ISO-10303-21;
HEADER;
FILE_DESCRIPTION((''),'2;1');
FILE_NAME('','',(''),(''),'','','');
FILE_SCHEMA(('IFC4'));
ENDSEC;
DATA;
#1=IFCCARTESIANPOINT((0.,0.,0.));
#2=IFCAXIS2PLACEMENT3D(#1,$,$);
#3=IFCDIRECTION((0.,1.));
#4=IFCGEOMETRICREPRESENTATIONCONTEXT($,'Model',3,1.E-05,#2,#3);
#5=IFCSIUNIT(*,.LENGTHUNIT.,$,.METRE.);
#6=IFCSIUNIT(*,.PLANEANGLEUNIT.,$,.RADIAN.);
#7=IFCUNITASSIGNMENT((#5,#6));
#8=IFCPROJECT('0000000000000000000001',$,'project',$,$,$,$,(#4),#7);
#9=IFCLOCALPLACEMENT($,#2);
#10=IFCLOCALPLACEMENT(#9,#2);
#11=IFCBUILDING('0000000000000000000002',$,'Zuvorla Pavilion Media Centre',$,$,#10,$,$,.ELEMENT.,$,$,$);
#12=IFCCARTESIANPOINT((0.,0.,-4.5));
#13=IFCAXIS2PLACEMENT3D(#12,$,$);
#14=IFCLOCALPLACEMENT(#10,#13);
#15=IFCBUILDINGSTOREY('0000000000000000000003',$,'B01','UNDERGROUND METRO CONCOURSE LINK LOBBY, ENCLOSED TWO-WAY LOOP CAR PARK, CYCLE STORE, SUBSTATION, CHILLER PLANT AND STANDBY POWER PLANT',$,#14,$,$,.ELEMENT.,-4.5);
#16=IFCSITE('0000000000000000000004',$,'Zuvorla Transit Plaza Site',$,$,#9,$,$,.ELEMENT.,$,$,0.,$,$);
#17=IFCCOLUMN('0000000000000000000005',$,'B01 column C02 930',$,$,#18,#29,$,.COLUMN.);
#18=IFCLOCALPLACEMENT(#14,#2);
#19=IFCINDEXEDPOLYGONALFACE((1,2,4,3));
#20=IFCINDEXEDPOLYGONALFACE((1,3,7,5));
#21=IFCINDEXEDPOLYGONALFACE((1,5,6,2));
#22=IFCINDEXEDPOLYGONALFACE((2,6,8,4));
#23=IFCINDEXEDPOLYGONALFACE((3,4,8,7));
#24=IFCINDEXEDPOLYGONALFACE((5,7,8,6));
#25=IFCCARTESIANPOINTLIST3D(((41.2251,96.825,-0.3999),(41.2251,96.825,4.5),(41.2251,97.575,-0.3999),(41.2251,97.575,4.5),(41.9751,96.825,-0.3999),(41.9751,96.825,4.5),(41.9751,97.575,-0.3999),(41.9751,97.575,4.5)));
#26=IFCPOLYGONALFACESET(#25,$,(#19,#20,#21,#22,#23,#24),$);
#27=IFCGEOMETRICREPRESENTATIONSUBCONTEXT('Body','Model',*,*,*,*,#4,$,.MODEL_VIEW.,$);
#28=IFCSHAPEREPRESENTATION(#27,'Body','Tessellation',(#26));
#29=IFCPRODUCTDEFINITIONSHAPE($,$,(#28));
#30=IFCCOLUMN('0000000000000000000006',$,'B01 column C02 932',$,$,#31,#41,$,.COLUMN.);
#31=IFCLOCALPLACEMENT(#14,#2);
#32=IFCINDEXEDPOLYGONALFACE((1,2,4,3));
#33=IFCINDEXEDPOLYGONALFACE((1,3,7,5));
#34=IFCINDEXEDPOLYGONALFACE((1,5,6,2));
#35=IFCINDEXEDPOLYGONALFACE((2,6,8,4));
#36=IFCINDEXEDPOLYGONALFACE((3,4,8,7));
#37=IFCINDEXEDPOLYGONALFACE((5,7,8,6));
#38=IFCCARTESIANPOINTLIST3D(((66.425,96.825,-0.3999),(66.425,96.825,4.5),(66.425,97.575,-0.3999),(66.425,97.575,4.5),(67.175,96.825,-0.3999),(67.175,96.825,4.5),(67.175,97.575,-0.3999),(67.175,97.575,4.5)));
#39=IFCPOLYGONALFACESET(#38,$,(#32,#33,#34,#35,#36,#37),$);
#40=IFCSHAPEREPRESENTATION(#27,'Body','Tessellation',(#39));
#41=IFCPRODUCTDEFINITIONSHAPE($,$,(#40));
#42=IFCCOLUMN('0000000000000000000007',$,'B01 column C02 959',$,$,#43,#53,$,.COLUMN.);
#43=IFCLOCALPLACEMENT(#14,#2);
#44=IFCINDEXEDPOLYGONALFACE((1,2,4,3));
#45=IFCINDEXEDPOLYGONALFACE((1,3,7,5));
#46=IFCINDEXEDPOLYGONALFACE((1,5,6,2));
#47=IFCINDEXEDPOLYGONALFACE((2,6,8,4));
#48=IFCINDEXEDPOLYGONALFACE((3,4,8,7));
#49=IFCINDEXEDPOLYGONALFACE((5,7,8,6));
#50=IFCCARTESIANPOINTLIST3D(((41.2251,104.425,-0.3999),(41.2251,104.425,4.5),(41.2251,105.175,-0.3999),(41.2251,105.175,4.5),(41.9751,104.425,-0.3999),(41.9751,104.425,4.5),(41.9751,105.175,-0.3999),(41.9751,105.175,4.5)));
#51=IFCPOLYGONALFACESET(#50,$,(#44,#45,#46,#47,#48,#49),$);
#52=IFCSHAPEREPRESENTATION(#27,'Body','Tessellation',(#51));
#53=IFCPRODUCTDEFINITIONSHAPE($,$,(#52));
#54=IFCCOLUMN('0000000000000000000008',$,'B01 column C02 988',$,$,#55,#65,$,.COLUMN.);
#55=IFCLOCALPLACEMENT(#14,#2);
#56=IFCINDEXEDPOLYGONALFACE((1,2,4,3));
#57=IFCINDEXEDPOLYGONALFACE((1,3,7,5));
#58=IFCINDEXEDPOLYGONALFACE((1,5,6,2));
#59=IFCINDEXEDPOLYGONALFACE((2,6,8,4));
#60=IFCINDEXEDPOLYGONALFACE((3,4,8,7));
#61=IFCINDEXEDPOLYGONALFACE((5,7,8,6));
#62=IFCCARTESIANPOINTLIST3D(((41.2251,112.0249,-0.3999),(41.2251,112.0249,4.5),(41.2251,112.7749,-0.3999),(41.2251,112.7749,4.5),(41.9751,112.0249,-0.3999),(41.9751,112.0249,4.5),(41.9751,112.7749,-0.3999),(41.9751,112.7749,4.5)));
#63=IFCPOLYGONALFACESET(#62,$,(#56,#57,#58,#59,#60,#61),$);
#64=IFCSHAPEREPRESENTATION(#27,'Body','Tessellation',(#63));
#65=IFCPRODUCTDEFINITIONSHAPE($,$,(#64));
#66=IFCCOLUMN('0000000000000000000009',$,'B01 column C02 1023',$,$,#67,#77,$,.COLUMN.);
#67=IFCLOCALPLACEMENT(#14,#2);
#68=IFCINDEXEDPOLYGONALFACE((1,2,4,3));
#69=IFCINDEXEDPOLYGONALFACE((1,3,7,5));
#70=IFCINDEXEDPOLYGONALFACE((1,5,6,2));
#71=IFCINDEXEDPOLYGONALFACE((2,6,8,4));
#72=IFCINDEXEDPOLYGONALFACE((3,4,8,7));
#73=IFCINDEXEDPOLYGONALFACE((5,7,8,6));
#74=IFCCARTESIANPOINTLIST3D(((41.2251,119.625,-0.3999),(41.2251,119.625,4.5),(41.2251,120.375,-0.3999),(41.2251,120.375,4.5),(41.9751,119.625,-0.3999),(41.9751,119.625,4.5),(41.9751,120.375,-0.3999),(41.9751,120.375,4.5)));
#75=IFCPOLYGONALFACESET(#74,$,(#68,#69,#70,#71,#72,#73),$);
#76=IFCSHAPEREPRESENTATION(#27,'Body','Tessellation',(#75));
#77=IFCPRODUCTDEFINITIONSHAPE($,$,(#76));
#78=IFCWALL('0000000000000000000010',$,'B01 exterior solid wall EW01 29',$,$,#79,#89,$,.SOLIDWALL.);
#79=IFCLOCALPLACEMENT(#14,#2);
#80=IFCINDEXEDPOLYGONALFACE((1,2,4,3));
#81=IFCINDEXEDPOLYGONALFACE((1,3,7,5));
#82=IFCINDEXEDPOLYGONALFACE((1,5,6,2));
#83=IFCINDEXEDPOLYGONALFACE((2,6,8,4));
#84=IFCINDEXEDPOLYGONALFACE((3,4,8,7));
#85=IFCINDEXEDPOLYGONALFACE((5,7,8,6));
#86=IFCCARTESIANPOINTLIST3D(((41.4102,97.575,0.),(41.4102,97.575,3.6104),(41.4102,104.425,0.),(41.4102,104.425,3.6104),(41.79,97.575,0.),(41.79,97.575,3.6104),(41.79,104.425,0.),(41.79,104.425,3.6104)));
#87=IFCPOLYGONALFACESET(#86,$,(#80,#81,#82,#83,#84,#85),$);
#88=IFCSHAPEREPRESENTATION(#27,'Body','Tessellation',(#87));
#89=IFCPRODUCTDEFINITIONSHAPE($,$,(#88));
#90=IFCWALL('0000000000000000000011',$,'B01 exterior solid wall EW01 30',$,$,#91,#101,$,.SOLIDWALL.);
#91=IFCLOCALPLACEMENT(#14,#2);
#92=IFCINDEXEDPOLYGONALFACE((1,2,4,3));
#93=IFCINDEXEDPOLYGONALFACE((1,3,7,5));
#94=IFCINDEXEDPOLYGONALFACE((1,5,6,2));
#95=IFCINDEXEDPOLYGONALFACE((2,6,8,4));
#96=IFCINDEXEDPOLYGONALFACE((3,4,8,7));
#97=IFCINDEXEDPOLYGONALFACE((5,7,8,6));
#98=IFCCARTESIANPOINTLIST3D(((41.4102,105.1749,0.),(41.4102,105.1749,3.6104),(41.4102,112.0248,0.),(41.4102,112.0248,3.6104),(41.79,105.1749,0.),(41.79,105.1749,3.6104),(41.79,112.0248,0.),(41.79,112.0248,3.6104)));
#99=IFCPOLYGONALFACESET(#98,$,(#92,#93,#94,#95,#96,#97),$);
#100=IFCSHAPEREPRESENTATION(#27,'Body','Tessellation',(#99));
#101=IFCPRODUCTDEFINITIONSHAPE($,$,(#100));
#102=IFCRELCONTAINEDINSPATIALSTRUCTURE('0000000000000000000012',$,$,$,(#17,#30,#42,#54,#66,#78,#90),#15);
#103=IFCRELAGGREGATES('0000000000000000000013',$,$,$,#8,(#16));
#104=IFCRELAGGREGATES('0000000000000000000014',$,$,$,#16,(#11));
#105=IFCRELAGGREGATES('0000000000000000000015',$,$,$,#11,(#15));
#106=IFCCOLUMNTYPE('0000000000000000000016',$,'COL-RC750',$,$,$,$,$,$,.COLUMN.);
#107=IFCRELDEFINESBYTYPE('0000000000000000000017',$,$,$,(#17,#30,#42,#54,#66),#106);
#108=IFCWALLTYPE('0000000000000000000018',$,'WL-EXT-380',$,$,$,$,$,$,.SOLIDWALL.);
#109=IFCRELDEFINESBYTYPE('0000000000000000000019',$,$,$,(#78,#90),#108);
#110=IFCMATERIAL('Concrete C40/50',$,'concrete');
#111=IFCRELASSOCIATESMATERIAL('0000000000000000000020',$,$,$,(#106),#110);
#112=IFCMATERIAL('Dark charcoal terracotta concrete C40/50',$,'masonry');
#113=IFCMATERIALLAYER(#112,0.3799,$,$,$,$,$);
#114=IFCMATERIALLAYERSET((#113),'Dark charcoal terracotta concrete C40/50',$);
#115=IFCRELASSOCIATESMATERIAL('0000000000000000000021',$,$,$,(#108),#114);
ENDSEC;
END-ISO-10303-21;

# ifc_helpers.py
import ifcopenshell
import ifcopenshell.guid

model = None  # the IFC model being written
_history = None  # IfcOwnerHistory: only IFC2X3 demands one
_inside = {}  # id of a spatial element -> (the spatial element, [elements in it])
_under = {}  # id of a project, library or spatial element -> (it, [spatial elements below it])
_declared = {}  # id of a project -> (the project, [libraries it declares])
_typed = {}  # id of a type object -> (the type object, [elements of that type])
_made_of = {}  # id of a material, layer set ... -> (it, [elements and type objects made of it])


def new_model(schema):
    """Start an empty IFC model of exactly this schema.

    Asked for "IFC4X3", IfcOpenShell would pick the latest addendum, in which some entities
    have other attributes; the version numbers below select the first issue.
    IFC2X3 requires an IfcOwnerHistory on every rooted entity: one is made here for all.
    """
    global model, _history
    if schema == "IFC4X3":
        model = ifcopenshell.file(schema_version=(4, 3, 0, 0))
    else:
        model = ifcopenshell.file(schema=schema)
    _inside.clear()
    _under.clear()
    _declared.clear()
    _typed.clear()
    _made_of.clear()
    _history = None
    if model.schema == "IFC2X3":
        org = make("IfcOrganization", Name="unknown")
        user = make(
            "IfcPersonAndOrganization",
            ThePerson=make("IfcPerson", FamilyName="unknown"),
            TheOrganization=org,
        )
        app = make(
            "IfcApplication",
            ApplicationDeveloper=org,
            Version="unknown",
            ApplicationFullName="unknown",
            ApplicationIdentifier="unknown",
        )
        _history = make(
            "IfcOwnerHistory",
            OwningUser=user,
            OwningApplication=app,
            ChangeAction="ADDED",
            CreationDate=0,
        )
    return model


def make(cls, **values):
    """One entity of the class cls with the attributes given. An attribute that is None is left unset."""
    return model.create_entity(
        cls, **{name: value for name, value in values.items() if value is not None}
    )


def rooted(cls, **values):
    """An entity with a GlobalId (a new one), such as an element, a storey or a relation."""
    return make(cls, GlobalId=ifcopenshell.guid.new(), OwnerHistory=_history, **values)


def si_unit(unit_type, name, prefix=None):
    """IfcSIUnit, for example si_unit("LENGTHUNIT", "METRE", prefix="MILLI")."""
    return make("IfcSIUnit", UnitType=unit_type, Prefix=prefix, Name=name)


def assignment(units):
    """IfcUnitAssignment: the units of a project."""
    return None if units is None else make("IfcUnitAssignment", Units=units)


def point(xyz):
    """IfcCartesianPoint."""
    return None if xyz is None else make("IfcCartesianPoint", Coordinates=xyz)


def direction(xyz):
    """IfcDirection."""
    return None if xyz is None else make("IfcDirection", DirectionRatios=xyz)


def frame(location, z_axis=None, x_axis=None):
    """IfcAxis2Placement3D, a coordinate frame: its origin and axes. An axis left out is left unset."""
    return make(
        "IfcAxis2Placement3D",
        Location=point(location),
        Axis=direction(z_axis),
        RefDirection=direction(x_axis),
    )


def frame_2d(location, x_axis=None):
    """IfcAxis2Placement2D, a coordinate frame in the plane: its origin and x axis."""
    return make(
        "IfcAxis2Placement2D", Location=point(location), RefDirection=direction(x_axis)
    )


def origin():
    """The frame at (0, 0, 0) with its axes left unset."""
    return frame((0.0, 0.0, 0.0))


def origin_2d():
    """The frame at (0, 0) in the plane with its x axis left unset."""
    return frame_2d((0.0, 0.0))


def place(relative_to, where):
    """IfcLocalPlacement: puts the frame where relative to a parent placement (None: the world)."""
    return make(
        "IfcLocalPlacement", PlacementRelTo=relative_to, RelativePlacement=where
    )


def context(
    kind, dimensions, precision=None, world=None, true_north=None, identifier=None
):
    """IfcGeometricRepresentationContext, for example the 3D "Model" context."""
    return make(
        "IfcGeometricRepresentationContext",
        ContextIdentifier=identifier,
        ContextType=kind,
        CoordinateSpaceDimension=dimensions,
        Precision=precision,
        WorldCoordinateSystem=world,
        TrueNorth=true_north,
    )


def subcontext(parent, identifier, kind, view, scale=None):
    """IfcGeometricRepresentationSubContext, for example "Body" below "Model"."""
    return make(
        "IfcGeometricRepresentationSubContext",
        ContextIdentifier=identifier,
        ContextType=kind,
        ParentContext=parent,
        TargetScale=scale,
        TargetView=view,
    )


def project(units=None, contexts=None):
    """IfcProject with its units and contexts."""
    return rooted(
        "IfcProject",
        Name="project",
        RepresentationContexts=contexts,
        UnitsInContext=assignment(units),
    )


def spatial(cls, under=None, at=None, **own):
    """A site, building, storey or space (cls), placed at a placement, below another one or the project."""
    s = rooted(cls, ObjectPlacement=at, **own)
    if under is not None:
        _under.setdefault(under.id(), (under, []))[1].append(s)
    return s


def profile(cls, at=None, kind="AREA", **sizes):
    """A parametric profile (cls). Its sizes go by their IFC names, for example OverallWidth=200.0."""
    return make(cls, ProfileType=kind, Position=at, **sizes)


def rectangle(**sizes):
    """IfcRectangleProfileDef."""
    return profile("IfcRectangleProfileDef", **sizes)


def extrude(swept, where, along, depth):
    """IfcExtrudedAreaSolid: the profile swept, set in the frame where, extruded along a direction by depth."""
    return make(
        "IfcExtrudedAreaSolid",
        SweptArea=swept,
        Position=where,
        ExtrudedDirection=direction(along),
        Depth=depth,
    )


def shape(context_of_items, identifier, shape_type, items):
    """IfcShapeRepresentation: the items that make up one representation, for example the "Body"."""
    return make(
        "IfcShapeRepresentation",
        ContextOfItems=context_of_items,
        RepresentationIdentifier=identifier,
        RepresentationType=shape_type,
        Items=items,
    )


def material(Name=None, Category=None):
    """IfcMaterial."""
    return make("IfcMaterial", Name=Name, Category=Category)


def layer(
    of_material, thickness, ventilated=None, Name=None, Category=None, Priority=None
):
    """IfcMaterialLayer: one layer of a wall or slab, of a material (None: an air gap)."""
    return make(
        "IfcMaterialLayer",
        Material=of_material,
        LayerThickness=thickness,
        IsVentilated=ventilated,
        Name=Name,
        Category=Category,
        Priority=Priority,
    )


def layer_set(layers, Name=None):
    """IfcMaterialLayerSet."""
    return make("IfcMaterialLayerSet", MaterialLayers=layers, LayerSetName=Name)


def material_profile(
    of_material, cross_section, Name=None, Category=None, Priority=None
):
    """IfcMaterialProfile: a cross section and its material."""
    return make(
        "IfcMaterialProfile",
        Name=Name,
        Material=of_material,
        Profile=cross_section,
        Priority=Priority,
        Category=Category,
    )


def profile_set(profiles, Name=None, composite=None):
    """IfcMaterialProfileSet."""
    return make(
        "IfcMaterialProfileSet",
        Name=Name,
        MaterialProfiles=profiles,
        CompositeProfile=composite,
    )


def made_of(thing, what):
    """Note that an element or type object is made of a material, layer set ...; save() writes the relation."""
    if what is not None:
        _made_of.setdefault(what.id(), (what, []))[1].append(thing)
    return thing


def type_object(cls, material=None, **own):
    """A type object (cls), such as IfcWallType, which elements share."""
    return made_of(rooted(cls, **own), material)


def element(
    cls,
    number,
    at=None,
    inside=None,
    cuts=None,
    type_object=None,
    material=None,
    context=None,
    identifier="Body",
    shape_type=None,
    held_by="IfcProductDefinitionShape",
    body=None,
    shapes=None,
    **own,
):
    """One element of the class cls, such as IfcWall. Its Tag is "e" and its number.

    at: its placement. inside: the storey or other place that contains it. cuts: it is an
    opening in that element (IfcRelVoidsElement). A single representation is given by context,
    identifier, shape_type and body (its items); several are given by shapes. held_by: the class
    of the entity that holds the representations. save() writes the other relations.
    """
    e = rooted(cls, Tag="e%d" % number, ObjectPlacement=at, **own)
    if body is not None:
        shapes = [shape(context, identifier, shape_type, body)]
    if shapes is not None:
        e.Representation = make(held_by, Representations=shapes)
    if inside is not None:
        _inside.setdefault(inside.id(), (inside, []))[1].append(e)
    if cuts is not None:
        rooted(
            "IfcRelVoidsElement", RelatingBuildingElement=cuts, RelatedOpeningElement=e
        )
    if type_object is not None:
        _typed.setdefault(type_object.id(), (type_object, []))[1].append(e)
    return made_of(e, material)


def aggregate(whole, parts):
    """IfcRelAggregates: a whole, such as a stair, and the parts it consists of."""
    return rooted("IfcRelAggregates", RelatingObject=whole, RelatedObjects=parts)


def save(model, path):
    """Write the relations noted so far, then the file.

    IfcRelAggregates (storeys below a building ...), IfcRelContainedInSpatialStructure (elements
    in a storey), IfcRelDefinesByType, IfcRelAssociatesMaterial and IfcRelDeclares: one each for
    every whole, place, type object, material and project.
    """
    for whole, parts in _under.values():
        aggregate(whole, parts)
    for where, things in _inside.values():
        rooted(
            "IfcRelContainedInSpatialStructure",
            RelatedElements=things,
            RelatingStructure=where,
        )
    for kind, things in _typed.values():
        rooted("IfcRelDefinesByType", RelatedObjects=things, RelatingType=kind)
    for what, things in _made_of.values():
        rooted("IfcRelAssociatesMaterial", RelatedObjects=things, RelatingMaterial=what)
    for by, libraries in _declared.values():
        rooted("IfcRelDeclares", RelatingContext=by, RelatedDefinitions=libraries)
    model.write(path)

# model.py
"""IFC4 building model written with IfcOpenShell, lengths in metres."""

from ifc_helpers import new_model, si_unit, direction, frame, frame_2d, origin, origin_2d, place, context, subcontext, project, spatial, rectangle, extrude, material, layer, layer_set, material_profile, profile_set, type_object, element, save


model = new_model("IFC4")

# Units and contexts
model_context = context("Model", 3, precision=1e-05, world=origin(), true_north=direction((0.0, 1.0)))
body_context = subcontext(model_context, "Body", "Model", "MODEL_VIEW")
ifc_project = project(units=[si_unit("LENGTHUNIT", "METRE"), si_unit("PLANEANGLEUNIT", "RADIAN")], contexts=[model_context])

# Site, building, storey
site_placement = place(None, origin())
site = spatial("IfcSite", under=ifc_project, at=site_placement, Name="Zuvorla Transit Plaza Site", CompositionType="ELEMENT", RefElevation=0.0)
building_placement = place(site_placement, origin())
building = spatial("IfcBuilding", under=site, at=building_placement, Name="Zuvorla Pavilion Media Centre", CompositionType="ELEMENT")
storey_placement = place(building_placement, frame((0.0, 0.0, -4.5)))
storey = spatial("IfcBuildingStorey", under=building, at=storey_placement, Name="B01", Description="UNDERGROUND METRO CONCOURSE LINK LOBBY, ENCLOSED TWO-WAY LOOP CAR PARK, CYCLE STORE, SUBSTATION, CHILLER PLANT AND STANDBY POWER PLANT", CompositionType="ELEMENT", Elevation=-4.5)

# Shared definitions
ifc_material_1 = material(Name="Concrete C40/50", Category="concrete")

# Columns
ifc_material_profile_1 = material_profile(ifc_material_1, rectangle(XDim=0.75, YDim=0.75, at=origin_2d()), Name="RC 750x750")
ifc_profile_set_1 = profile_set([ifc_material_profile_1], Name="Concrete C40/50")
column_type = type_object("IfcColumnType", Name="COL-RC750", PredefinedType="COLUMN", material=ifc_profile_set_1)
for number, where, z_axis, x_axis, name in (
    (1, (41.6001, 97.2, -0.3999), (0.0, 0.0, 1.0), (1.0, 0.0, 0.0), "B01 column C02 930"),
    (2, (66.8, 97.2, -0.3999), (0.0, 0.0, 1.0), (1.0, 0.0, 0.0), "B01 column C02 932"),
    (3, (41.6001, 104.8, -0.3999), (0.0, 0.0, 1.0), (1.0, 0.0, 0.0), "B01 column C02 959"),
    (4, (41.6001, 112.3999, -0.3999), (0.0, 0.0, 1.0), (1.0, 0.0, 0.0), "B01 column C02 988"),
    (5, (41.6001, 120.0, -0.3999), (0.0, 0.0, 1.0), (1.0, 0.0, 0.0), "B01 column C02 1023"),
):
    element("IfcColumn", number, at=place(storey_placement, frame(where, z_axis=z_axis, x_axis=x_axis)), inside=storey, type_object=column_type, Name=name, PredefinedType="COLUMN", context=body_context, shape_type="SweptSolid", body=[
        extrude(rectangle(XDim=0.75, YDim=0.75, at=origin_2d()), origin(), (0.0, 0.0, 1.0), 4.8999),
    ])

# Walls
ifc_material_2 = material(Name="Dark charcoal terracotta concrete C40/50", Category="masonry")
ifc_layer = layer(ifc_material_2, 0.3799)
ifc_layer_set = layer_set([ifc_layer], Name="Dark charcoal terracotta concrete C40/50")
wall_type = type_object("IfcWallType", Name="WL-EXT-380", PredefinedType="SOLIDWALL", material=ifc_layer_set)
wall_1_placement = place(storey_placement, frame((41.6001, 97.575, 0.0), z_axis=(0.0, 0.0, 1.0), x_axis=(0.0, 1.0, 0.0)))
element("IfcWall", 6, at=wall_1_placement, inside=storey, type_object=wall_type, Name="B01 exterior solid wall EW01 29", PredefinedType="SOLIDWALL", context=body_context, shape_type="SweptSolid", body=[
    extrude(rectangle(XDim=6.8501, YDim=0.3799, at=frame_2d((3.425, 0.0))), origin(), (0.0, 0.0, 1.0), 3.6104),
])
wall_2_placement = place(storey_placement, frame((41.6001, 105.175, 0.0), z_axis=(0.0, 0.0, 1.0), x_axis=(0.0, 1.0, 0.0)))
element("IfcWall", 7, at=wall_2_placement, inside=storey, type_object=wall_type, Name="B01 exterior solid wall EW01 30", PredefinedType="SOLIDWALL", context=body_context, shape_type="SweptSolid", body=[
    extrude(rectangle(XDim=6.8499, YDim=0.3799, at=frame_2d((3.4248, 0.0))), origin(), (0.0, 0.0, 1.0), 3.6104),
])

save(model, "model.ifc")
